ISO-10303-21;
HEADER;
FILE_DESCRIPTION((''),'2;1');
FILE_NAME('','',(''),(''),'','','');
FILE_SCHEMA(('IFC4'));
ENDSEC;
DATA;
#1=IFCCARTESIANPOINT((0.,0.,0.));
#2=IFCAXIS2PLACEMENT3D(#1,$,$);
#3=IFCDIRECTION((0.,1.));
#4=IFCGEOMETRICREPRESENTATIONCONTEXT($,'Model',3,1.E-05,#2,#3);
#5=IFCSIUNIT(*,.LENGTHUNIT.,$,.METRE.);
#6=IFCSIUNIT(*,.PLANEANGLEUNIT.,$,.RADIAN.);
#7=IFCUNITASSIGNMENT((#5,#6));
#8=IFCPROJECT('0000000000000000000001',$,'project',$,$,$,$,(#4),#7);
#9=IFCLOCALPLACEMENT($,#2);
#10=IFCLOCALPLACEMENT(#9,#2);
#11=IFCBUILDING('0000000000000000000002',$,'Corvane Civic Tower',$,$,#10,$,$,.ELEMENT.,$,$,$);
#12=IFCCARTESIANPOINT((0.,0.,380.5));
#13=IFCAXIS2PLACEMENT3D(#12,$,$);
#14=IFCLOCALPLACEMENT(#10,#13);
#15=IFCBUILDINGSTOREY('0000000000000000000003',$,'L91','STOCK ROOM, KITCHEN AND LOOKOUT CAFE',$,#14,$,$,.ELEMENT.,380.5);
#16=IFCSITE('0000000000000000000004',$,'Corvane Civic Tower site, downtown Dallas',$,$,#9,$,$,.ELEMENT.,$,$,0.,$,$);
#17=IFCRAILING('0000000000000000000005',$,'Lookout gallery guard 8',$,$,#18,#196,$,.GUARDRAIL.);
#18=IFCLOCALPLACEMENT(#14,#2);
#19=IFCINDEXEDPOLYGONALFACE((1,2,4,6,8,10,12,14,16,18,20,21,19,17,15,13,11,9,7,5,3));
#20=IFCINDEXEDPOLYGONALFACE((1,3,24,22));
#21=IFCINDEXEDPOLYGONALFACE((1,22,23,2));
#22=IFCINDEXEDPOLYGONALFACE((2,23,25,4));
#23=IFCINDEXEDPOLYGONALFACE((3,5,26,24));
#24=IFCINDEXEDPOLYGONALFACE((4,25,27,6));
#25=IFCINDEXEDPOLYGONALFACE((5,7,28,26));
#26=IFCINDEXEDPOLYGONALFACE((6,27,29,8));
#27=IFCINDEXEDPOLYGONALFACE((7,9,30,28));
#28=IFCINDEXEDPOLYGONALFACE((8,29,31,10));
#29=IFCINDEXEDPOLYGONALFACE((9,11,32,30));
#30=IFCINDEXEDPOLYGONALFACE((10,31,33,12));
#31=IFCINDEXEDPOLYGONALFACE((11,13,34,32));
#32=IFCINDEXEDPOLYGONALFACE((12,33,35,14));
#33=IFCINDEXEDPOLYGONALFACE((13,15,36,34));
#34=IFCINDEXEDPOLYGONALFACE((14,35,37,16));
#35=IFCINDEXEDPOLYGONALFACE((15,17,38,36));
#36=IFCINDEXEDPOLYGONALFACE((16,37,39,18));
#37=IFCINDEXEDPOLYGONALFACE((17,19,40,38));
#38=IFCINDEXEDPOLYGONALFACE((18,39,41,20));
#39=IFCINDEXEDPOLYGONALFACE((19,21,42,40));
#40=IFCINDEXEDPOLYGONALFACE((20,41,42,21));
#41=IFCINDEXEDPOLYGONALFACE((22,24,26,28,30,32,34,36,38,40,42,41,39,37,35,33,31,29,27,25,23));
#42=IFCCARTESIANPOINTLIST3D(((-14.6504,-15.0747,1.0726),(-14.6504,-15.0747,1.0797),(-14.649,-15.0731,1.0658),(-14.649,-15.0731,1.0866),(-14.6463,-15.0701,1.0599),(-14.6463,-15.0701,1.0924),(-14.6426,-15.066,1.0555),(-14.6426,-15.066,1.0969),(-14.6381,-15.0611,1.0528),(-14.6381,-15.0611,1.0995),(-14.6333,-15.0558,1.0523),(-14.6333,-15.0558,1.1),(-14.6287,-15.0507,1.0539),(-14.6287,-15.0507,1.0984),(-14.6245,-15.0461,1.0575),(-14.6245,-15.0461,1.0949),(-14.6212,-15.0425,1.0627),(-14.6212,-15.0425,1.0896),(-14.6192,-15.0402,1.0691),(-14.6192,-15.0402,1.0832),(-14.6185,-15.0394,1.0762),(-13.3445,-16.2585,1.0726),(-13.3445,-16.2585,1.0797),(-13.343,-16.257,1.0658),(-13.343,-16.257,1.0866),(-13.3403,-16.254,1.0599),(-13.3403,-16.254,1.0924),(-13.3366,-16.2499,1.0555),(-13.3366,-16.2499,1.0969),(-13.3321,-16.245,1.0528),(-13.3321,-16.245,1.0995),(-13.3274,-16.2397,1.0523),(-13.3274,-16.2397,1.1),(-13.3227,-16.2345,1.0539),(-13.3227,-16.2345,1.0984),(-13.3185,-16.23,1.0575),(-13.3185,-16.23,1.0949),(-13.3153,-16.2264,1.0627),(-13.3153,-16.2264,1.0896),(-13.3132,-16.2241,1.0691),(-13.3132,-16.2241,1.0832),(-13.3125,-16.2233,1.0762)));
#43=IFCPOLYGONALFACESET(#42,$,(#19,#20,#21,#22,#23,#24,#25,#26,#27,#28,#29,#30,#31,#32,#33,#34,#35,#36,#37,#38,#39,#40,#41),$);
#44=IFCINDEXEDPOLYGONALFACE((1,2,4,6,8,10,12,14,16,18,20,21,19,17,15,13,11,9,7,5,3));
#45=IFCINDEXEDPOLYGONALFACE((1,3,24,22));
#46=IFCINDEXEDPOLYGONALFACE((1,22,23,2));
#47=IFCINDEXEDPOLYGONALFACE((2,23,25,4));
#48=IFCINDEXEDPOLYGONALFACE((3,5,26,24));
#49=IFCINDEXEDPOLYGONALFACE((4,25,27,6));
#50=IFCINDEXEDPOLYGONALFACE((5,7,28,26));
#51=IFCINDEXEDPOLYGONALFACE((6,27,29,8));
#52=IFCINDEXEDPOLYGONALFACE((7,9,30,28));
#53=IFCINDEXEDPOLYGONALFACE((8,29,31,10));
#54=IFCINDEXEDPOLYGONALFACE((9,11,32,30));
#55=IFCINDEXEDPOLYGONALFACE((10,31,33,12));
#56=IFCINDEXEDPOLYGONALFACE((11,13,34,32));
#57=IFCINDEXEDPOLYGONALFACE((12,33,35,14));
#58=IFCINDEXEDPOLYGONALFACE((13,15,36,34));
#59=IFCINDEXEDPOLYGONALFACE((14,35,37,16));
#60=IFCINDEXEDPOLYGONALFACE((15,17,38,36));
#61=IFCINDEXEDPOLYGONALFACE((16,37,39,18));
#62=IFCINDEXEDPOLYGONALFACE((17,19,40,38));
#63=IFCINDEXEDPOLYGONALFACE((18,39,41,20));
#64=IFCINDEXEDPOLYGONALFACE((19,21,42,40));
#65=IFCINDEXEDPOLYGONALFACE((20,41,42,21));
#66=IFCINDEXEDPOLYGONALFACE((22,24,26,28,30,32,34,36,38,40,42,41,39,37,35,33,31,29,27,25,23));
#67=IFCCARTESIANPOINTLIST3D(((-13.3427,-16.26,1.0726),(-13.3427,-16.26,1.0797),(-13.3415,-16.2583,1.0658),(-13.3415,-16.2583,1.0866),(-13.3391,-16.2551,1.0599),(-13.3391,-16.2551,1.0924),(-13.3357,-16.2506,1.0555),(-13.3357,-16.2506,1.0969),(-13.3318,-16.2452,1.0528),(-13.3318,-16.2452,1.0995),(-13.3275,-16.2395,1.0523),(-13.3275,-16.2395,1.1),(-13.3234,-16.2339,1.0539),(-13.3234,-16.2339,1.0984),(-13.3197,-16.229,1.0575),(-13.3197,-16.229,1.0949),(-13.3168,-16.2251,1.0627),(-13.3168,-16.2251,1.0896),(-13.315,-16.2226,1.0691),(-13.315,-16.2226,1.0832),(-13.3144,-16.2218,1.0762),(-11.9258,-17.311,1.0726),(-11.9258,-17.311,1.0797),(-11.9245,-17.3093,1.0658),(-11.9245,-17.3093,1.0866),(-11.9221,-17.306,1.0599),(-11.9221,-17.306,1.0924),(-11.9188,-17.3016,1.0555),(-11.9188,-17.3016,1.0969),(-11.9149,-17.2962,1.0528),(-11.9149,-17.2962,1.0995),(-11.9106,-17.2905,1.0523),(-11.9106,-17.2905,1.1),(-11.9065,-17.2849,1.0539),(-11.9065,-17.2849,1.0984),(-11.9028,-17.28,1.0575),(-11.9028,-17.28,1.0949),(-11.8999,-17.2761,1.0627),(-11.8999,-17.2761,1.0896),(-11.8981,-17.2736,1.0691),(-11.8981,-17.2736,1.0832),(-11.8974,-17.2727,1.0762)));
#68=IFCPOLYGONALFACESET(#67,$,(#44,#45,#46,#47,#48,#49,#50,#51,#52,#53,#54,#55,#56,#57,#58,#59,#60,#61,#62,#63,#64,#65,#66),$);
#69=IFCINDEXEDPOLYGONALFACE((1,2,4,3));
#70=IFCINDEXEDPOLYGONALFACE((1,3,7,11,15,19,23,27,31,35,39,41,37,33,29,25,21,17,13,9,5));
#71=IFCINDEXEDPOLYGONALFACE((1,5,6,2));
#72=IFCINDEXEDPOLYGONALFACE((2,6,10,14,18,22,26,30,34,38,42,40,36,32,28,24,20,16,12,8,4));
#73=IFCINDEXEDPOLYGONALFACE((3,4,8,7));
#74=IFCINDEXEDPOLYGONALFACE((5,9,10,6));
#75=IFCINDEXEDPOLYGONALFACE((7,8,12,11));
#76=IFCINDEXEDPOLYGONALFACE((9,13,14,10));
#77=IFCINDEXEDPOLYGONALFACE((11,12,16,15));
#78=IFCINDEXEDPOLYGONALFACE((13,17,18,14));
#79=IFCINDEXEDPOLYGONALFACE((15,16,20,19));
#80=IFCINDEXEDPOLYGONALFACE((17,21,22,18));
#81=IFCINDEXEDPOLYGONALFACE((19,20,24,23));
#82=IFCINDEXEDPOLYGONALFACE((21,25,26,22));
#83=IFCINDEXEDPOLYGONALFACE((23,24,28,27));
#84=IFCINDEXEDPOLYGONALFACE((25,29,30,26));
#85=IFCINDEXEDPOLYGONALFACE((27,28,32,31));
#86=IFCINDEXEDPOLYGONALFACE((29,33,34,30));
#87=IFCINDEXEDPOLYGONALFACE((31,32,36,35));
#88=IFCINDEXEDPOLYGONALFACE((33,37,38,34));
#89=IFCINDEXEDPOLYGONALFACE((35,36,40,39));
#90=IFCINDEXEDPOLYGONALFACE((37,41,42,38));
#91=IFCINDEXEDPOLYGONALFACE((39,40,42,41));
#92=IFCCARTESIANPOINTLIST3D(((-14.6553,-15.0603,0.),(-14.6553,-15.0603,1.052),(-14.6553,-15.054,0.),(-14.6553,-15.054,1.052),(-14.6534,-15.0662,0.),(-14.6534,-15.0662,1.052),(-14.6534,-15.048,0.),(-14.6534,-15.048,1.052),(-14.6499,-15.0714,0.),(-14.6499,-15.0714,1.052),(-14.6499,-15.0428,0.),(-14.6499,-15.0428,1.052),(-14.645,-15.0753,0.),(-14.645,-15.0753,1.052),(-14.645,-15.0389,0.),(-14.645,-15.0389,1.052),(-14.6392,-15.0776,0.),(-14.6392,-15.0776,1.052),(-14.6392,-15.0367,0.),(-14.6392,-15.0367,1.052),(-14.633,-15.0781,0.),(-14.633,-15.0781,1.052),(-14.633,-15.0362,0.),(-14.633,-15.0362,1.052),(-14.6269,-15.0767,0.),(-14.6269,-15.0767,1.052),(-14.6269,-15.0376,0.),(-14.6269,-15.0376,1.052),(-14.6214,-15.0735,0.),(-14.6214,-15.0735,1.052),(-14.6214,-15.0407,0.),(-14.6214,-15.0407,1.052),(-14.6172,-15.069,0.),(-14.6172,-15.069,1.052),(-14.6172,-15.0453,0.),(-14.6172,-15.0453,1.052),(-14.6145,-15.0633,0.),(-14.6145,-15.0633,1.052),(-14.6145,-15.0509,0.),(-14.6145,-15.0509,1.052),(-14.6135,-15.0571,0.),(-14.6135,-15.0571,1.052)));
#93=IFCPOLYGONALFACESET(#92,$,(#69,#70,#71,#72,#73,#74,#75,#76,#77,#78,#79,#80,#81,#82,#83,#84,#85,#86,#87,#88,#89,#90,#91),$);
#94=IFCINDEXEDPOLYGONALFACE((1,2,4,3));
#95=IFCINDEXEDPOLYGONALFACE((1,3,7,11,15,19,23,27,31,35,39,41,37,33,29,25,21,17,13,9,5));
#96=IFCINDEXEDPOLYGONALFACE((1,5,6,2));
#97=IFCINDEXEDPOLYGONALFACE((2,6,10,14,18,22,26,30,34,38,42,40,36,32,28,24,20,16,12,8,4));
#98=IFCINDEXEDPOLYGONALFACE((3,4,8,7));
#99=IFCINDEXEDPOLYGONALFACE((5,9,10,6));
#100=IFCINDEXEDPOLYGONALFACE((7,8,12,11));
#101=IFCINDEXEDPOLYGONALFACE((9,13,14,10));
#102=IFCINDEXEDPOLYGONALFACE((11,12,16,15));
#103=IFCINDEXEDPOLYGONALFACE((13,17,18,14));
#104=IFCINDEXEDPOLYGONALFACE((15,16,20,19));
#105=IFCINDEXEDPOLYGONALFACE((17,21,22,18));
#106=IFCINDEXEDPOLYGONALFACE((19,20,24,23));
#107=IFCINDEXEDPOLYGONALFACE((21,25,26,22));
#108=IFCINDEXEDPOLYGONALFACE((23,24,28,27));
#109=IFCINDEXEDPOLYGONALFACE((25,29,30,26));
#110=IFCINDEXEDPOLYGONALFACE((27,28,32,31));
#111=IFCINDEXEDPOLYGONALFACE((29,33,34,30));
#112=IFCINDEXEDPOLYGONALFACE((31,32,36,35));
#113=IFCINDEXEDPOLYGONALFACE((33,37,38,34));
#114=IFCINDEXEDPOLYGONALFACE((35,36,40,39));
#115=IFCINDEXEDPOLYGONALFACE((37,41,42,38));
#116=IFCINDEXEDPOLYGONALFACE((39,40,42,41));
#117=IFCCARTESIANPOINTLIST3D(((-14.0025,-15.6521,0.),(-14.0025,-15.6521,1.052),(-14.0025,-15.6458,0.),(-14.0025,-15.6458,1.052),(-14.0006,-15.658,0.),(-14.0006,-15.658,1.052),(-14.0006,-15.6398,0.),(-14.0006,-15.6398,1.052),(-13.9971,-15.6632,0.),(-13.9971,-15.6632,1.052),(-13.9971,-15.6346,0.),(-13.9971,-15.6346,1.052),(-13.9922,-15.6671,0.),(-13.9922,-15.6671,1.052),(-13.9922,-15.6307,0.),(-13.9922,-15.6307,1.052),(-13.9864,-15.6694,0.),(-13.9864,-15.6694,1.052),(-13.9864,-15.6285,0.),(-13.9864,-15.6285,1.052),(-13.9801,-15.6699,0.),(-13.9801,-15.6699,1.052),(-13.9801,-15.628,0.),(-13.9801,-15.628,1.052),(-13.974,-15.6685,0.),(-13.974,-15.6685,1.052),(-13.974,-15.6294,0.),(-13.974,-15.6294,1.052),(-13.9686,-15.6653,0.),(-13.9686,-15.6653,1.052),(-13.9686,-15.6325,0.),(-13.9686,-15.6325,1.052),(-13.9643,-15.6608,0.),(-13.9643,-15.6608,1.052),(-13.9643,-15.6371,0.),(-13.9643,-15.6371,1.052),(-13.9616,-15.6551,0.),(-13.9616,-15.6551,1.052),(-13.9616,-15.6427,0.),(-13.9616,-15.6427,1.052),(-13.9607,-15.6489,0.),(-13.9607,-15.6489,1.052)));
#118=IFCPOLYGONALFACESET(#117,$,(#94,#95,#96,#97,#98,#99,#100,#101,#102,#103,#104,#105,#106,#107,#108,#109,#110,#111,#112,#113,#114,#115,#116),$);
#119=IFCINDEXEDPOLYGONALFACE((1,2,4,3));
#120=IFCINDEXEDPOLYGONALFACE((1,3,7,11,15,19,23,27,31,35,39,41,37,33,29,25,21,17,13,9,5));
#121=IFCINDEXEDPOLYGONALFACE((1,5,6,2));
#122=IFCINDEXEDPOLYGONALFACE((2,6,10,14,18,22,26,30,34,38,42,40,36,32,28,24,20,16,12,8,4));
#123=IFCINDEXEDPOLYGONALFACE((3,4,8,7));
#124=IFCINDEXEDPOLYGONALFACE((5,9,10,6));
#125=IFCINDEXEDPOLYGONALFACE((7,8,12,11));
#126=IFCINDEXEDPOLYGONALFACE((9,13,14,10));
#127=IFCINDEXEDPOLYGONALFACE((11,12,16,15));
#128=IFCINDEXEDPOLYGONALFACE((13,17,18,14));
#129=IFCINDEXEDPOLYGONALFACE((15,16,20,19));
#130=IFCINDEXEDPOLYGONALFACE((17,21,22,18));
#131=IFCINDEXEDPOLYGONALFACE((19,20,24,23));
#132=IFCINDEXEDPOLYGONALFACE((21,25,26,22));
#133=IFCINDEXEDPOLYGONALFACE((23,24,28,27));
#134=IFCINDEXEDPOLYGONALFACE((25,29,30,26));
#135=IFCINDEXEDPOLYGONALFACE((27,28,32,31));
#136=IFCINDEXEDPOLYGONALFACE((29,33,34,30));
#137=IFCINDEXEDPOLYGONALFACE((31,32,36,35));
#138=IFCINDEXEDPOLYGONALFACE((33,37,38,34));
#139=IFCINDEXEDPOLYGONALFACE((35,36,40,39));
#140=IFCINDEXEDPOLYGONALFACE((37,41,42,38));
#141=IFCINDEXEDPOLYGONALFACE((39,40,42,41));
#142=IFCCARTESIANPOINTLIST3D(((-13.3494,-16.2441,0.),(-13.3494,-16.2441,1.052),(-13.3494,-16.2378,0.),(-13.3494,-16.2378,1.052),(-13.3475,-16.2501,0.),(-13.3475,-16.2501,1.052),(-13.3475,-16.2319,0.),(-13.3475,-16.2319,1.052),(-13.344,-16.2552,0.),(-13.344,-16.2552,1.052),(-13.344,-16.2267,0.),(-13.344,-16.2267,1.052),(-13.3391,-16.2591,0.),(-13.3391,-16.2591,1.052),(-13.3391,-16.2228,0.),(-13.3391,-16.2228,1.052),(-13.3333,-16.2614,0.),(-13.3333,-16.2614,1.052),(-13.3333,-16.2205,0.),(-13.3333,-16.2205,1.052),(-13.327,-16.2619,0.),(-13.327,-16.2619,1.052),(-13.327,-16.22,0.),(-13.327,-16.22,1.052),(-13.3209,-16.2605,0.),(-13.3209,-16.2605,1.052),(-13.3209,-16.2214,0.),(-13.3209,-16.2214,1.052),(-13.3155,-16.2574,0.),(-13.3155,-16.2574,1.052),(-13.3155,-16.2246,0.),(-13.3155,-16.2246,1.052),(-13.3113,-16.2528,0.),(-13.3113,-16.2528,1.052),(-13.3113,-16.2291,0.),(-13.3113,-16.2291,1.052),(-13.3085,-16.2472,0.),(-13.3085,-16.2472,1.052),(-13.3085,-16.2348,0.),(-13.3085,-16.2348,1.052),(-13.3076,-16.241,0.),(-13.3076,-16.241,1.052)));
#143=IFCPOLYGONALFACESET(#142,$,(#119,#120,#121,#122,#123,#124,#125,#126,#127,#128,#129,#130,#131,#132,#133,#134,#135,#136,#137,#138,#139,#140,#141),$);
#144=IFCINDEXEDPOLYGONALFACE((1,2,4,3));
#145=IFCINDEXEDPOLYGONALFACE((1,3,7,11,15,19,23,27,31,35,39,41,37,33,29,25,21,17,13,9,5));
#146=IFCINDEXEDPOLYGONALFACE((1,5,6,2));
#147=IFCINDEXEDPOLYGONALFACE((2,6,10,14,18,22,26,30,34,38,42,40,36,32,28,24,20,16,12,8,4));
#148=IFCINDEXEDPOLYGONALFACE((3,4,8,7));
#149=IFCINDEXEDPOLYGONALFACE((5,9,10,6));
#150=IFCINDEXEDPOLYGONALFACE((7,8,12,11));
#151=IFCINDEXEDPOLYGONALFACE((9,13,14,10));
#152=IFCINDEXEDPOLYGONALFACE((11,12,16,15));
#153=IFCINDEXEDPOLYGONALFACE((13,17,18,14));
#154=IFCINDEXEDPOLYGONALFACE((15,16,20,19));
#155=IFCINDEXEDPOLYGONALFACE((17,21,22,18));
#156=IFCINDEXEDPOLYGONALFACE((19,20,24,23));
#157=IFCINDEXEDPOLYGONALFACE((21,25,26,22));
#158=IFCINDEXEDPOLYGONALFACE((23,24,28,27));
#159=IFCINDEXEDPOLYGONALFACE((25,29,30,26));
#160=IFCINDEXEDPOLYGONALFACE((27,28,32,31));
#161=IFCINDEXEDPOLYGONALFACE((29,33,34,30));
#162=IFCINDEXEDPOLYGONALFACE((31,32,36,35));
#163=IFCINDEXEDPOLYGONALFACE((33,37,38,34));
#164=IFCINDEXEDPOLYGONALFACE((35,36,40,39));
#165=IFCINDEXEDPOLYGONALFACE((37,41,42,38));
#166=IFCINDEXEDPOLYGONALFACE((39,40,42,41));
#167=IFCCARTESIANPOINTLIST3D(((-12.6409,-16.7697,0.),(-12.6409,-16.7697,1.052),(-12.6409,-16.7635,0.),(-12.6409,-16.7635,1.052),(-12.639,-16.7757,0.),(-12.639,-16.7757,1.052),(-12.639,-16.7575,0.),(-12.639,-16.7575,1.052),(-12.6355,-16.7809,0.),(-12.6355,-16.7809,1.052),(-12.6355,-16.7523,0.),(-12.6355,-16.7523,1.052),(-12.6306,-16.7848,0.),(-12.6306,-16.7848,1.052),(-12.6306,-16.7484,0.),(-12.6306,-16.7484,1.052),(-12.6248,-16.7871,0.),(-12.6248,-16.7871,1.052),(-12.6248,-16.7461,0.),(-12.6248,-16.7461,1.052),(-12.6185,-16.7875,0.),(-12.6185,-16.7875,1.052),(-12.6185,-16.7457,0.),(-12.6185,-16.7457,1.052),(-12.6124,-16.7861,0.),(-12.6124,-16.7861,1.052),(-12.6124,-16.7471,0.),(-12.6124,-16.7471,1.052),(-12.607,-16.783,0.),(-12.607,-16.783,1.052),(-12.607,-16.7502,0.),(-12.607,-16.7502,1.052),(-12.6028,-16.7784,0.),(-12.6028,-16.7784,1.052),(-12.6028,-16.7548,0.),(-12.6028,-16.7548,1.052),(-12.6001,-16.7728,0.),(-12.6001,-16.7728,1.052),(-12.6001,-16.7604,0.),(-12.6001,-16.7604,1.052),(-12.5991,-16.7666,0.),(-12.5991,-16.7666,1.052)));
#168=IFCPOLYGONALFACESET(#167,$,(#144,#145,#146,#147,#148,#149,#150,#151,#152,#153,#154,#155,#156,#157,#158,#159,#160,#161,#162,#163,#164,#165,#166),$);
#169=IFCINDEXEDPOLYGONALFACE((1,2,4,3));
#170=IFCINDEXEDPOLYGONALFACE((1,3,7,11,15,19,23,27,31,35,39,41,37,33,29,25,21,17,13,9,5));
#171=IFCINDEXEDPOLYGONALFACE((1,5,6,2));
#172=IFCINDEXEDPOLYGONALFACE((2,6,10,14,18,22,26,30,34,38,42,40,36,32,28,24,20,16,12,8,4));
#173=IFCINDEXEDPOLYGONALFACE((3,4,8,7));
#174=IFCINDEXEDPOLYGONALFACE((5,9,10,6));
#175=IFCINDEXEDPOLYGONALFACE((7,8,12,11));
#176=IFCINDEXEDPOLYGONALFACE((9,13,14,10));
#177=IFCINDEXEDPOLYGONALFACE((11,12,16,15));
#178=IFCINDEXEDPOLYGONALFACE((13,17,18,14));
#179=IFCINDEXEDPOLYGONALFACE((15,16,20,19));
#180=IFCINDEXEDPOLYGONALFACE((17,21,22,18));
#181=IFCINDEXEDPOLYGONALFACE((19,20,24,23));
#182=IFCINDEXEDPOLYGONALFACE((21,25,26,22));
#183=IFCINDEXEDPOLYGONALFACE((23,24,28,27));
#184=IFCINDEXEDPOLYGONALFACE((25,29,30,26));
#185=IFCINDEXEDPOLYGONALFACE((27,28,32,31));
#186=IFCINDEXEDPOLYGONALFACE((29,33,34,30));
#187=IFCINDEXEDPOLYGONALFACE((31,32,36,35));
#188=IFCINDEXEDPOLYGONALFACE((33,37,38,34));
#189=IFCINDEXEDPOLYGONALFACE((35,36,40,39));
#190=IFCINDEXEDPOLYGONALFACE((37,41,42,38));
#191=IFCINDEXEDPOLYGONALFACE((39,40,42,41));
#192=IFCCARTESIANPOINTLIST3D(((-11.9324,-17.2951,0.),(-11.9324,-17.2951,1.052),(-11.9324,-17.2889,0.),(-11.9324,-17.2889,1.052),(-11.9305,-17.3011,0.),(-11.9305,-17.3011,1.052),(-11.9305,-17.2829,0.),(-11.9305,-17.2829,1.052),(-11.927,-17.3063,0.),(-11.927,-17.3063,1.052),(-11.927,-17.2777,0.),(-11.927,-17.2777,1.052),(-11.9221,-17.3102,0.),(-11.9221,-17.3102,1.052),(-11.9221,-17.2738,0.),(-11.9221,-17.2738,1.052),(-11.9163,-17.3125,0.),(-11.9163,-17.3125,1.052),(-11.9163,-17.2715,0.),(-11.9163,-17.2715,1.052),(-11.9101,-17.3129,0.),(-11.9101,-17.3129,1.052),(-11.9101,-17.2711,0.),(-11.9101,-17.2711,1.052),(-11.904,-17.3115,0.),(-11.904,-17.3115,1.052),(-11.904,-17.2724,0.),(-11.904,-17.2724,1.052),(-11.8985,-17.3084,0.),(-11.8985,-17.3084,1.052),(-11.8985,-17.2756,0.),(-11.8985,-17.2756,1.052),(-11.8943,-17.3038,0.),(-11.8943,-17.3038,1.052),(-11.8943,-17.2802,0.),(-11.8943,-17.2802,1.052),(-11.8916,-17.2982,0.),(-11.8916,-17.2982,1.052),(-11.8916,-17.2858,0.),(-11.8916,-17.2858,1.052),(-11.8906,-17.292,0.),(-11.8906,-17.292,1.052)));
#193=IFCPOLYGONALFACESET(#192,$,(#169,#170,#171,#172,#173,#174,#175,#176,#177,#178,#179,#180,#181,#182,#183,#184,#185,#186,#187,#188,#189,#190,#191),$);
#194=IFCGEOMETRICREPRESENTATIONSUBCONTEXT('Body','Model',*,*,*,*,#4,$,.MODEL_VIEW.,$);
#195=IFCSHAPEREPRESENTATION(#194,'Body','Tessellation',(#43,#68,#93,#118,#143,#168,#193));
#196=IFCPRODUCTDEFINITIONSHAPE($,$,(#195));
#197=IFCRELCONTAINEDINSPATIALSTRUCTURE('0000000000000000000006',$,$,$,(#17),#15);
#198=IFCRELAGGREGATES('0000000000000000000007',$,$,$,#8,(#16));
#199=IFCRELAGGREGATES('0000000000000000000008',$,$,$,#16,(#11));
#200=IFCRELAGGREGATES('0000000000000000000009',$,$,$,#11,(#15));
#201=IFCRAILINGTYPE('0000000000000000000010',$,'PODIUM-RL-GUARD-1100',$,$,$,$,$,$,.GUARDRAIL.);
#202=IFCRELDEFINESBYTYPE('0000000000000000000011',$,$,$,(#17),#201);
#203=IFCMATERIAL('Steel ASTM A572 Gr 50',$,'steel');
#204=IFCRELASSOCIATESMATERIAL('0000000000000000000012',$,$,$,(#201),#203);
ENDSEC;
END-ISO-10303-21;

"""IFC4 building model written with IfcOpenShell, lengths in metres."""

from ifc_helpers import new_model, si_unit, direction, frame, origin, origin_2d, place, context, subcontext, project, spatial, circle, extrude, material, type_object, element, save


model = new_model("IFC4")

# Units and contexts
model_context = context("Model", 3, precision=1e-05, world=origin(), true_north=direction((0.0, 1.0)))
body_context = subcontext(model_context, "Body", "Model", "MODEL_VIEW")
ifc_project = project(units=[si_unit("LENGTHUNIT", "METRE"), si_unit("PLANEANGLEUNIT", "RADIAN")], contexts=[model_context])

# Site, building, storey
site_placement = place(None, origin())
site = spatial("IfcSite", under=ifc_project, at=site_placement, Name="Corvane Civic Tower site, downtown Dallas", CompositionType="ELEMENT", RefElevation=0.0)
building_placement = place(site_placement, origin())
building = spatial("IfcBuilding", under=site, at=building_placement, Name="Corvane Civic Tower", CompositionType="ELEMENT")
storey_placement = place(building_placement, frame((0.0, 0.0, 380.5)))
storey = spatial("IfcBuildingStorey", under=building, at=storey_placement, Name="L91", Description="STOCK ROOM, KITCHEN AND LOOKOUT CAFE", CompositionType="ELEMENT", Elevation=380.5)

# Railing
ifc_material_1 = material(Name="Steel ASTM A572 Gr 50", Category="steel")
railing_type = type_object("IfcRailingType", Name="PODIUM-RL-GUARD-1100", PredefinedType="GUARDRAIL", material=ifc_material_1)
railing_1_placement = place(storey_placement, frame((-14.6345, -15.0571, 0.0)))
element("IfcRailing", 1, at=railing_1_placement, inside=storey, type_object=railing_type, Name="Lookout gallery guard 8", PredefinedType="GUARDRAIL", context=body_context, shape_type="SweptSolid", body=[
    extrude(circle(Radius=0.0239, at=origin_2d()), frame((0.0, 0.0, 1.0762), z_axis=(0.740886, -0.671631, 0.0), x_axis=(0.671631, 0.740886, 0.0)), (0.0, 0.0, 1.0), 1.7627),
    extrude(circle(Radius=0.0239, at=origin_2d()), frame((1.3059, -1.1838, 1.0762), z_axis=(0.803177, -0.59574, 0.0), x_axis=(0.59574, 0.803177, 0.0)), (0.0, 0.0, 1.0), 1.7642),
    extrude(circle(Radius=0.021, at=origin_2d()), origin(), (0.0, 0.0, 1.0), 1.052),
    extrude(circle(Radius=0.021, at=origin_2d()), frame((0.6528, -0.5918, 0.0)), (0.0, 0.0, 1.0), 1.052),
    extrude(circle(Radius=0.021, at=origin_2d()), frame((1.3059, -1.1838, 0.0)), (0.0, 0.0, 1.0), 1.052),
    extrude(circle(Radius=0.021, at=origin_2d()), frame((2.0144, -1.7095, 0.0)), (0.0, 0.0, 1.0), 1.052),
    extrude(circle(Radius=0.021, at=origin_2d()), frame((2.7229, -2.2349, 0.0)), (0.0, 0.0, 1.0), 1.052),
])

save(model, "model.ifc")
